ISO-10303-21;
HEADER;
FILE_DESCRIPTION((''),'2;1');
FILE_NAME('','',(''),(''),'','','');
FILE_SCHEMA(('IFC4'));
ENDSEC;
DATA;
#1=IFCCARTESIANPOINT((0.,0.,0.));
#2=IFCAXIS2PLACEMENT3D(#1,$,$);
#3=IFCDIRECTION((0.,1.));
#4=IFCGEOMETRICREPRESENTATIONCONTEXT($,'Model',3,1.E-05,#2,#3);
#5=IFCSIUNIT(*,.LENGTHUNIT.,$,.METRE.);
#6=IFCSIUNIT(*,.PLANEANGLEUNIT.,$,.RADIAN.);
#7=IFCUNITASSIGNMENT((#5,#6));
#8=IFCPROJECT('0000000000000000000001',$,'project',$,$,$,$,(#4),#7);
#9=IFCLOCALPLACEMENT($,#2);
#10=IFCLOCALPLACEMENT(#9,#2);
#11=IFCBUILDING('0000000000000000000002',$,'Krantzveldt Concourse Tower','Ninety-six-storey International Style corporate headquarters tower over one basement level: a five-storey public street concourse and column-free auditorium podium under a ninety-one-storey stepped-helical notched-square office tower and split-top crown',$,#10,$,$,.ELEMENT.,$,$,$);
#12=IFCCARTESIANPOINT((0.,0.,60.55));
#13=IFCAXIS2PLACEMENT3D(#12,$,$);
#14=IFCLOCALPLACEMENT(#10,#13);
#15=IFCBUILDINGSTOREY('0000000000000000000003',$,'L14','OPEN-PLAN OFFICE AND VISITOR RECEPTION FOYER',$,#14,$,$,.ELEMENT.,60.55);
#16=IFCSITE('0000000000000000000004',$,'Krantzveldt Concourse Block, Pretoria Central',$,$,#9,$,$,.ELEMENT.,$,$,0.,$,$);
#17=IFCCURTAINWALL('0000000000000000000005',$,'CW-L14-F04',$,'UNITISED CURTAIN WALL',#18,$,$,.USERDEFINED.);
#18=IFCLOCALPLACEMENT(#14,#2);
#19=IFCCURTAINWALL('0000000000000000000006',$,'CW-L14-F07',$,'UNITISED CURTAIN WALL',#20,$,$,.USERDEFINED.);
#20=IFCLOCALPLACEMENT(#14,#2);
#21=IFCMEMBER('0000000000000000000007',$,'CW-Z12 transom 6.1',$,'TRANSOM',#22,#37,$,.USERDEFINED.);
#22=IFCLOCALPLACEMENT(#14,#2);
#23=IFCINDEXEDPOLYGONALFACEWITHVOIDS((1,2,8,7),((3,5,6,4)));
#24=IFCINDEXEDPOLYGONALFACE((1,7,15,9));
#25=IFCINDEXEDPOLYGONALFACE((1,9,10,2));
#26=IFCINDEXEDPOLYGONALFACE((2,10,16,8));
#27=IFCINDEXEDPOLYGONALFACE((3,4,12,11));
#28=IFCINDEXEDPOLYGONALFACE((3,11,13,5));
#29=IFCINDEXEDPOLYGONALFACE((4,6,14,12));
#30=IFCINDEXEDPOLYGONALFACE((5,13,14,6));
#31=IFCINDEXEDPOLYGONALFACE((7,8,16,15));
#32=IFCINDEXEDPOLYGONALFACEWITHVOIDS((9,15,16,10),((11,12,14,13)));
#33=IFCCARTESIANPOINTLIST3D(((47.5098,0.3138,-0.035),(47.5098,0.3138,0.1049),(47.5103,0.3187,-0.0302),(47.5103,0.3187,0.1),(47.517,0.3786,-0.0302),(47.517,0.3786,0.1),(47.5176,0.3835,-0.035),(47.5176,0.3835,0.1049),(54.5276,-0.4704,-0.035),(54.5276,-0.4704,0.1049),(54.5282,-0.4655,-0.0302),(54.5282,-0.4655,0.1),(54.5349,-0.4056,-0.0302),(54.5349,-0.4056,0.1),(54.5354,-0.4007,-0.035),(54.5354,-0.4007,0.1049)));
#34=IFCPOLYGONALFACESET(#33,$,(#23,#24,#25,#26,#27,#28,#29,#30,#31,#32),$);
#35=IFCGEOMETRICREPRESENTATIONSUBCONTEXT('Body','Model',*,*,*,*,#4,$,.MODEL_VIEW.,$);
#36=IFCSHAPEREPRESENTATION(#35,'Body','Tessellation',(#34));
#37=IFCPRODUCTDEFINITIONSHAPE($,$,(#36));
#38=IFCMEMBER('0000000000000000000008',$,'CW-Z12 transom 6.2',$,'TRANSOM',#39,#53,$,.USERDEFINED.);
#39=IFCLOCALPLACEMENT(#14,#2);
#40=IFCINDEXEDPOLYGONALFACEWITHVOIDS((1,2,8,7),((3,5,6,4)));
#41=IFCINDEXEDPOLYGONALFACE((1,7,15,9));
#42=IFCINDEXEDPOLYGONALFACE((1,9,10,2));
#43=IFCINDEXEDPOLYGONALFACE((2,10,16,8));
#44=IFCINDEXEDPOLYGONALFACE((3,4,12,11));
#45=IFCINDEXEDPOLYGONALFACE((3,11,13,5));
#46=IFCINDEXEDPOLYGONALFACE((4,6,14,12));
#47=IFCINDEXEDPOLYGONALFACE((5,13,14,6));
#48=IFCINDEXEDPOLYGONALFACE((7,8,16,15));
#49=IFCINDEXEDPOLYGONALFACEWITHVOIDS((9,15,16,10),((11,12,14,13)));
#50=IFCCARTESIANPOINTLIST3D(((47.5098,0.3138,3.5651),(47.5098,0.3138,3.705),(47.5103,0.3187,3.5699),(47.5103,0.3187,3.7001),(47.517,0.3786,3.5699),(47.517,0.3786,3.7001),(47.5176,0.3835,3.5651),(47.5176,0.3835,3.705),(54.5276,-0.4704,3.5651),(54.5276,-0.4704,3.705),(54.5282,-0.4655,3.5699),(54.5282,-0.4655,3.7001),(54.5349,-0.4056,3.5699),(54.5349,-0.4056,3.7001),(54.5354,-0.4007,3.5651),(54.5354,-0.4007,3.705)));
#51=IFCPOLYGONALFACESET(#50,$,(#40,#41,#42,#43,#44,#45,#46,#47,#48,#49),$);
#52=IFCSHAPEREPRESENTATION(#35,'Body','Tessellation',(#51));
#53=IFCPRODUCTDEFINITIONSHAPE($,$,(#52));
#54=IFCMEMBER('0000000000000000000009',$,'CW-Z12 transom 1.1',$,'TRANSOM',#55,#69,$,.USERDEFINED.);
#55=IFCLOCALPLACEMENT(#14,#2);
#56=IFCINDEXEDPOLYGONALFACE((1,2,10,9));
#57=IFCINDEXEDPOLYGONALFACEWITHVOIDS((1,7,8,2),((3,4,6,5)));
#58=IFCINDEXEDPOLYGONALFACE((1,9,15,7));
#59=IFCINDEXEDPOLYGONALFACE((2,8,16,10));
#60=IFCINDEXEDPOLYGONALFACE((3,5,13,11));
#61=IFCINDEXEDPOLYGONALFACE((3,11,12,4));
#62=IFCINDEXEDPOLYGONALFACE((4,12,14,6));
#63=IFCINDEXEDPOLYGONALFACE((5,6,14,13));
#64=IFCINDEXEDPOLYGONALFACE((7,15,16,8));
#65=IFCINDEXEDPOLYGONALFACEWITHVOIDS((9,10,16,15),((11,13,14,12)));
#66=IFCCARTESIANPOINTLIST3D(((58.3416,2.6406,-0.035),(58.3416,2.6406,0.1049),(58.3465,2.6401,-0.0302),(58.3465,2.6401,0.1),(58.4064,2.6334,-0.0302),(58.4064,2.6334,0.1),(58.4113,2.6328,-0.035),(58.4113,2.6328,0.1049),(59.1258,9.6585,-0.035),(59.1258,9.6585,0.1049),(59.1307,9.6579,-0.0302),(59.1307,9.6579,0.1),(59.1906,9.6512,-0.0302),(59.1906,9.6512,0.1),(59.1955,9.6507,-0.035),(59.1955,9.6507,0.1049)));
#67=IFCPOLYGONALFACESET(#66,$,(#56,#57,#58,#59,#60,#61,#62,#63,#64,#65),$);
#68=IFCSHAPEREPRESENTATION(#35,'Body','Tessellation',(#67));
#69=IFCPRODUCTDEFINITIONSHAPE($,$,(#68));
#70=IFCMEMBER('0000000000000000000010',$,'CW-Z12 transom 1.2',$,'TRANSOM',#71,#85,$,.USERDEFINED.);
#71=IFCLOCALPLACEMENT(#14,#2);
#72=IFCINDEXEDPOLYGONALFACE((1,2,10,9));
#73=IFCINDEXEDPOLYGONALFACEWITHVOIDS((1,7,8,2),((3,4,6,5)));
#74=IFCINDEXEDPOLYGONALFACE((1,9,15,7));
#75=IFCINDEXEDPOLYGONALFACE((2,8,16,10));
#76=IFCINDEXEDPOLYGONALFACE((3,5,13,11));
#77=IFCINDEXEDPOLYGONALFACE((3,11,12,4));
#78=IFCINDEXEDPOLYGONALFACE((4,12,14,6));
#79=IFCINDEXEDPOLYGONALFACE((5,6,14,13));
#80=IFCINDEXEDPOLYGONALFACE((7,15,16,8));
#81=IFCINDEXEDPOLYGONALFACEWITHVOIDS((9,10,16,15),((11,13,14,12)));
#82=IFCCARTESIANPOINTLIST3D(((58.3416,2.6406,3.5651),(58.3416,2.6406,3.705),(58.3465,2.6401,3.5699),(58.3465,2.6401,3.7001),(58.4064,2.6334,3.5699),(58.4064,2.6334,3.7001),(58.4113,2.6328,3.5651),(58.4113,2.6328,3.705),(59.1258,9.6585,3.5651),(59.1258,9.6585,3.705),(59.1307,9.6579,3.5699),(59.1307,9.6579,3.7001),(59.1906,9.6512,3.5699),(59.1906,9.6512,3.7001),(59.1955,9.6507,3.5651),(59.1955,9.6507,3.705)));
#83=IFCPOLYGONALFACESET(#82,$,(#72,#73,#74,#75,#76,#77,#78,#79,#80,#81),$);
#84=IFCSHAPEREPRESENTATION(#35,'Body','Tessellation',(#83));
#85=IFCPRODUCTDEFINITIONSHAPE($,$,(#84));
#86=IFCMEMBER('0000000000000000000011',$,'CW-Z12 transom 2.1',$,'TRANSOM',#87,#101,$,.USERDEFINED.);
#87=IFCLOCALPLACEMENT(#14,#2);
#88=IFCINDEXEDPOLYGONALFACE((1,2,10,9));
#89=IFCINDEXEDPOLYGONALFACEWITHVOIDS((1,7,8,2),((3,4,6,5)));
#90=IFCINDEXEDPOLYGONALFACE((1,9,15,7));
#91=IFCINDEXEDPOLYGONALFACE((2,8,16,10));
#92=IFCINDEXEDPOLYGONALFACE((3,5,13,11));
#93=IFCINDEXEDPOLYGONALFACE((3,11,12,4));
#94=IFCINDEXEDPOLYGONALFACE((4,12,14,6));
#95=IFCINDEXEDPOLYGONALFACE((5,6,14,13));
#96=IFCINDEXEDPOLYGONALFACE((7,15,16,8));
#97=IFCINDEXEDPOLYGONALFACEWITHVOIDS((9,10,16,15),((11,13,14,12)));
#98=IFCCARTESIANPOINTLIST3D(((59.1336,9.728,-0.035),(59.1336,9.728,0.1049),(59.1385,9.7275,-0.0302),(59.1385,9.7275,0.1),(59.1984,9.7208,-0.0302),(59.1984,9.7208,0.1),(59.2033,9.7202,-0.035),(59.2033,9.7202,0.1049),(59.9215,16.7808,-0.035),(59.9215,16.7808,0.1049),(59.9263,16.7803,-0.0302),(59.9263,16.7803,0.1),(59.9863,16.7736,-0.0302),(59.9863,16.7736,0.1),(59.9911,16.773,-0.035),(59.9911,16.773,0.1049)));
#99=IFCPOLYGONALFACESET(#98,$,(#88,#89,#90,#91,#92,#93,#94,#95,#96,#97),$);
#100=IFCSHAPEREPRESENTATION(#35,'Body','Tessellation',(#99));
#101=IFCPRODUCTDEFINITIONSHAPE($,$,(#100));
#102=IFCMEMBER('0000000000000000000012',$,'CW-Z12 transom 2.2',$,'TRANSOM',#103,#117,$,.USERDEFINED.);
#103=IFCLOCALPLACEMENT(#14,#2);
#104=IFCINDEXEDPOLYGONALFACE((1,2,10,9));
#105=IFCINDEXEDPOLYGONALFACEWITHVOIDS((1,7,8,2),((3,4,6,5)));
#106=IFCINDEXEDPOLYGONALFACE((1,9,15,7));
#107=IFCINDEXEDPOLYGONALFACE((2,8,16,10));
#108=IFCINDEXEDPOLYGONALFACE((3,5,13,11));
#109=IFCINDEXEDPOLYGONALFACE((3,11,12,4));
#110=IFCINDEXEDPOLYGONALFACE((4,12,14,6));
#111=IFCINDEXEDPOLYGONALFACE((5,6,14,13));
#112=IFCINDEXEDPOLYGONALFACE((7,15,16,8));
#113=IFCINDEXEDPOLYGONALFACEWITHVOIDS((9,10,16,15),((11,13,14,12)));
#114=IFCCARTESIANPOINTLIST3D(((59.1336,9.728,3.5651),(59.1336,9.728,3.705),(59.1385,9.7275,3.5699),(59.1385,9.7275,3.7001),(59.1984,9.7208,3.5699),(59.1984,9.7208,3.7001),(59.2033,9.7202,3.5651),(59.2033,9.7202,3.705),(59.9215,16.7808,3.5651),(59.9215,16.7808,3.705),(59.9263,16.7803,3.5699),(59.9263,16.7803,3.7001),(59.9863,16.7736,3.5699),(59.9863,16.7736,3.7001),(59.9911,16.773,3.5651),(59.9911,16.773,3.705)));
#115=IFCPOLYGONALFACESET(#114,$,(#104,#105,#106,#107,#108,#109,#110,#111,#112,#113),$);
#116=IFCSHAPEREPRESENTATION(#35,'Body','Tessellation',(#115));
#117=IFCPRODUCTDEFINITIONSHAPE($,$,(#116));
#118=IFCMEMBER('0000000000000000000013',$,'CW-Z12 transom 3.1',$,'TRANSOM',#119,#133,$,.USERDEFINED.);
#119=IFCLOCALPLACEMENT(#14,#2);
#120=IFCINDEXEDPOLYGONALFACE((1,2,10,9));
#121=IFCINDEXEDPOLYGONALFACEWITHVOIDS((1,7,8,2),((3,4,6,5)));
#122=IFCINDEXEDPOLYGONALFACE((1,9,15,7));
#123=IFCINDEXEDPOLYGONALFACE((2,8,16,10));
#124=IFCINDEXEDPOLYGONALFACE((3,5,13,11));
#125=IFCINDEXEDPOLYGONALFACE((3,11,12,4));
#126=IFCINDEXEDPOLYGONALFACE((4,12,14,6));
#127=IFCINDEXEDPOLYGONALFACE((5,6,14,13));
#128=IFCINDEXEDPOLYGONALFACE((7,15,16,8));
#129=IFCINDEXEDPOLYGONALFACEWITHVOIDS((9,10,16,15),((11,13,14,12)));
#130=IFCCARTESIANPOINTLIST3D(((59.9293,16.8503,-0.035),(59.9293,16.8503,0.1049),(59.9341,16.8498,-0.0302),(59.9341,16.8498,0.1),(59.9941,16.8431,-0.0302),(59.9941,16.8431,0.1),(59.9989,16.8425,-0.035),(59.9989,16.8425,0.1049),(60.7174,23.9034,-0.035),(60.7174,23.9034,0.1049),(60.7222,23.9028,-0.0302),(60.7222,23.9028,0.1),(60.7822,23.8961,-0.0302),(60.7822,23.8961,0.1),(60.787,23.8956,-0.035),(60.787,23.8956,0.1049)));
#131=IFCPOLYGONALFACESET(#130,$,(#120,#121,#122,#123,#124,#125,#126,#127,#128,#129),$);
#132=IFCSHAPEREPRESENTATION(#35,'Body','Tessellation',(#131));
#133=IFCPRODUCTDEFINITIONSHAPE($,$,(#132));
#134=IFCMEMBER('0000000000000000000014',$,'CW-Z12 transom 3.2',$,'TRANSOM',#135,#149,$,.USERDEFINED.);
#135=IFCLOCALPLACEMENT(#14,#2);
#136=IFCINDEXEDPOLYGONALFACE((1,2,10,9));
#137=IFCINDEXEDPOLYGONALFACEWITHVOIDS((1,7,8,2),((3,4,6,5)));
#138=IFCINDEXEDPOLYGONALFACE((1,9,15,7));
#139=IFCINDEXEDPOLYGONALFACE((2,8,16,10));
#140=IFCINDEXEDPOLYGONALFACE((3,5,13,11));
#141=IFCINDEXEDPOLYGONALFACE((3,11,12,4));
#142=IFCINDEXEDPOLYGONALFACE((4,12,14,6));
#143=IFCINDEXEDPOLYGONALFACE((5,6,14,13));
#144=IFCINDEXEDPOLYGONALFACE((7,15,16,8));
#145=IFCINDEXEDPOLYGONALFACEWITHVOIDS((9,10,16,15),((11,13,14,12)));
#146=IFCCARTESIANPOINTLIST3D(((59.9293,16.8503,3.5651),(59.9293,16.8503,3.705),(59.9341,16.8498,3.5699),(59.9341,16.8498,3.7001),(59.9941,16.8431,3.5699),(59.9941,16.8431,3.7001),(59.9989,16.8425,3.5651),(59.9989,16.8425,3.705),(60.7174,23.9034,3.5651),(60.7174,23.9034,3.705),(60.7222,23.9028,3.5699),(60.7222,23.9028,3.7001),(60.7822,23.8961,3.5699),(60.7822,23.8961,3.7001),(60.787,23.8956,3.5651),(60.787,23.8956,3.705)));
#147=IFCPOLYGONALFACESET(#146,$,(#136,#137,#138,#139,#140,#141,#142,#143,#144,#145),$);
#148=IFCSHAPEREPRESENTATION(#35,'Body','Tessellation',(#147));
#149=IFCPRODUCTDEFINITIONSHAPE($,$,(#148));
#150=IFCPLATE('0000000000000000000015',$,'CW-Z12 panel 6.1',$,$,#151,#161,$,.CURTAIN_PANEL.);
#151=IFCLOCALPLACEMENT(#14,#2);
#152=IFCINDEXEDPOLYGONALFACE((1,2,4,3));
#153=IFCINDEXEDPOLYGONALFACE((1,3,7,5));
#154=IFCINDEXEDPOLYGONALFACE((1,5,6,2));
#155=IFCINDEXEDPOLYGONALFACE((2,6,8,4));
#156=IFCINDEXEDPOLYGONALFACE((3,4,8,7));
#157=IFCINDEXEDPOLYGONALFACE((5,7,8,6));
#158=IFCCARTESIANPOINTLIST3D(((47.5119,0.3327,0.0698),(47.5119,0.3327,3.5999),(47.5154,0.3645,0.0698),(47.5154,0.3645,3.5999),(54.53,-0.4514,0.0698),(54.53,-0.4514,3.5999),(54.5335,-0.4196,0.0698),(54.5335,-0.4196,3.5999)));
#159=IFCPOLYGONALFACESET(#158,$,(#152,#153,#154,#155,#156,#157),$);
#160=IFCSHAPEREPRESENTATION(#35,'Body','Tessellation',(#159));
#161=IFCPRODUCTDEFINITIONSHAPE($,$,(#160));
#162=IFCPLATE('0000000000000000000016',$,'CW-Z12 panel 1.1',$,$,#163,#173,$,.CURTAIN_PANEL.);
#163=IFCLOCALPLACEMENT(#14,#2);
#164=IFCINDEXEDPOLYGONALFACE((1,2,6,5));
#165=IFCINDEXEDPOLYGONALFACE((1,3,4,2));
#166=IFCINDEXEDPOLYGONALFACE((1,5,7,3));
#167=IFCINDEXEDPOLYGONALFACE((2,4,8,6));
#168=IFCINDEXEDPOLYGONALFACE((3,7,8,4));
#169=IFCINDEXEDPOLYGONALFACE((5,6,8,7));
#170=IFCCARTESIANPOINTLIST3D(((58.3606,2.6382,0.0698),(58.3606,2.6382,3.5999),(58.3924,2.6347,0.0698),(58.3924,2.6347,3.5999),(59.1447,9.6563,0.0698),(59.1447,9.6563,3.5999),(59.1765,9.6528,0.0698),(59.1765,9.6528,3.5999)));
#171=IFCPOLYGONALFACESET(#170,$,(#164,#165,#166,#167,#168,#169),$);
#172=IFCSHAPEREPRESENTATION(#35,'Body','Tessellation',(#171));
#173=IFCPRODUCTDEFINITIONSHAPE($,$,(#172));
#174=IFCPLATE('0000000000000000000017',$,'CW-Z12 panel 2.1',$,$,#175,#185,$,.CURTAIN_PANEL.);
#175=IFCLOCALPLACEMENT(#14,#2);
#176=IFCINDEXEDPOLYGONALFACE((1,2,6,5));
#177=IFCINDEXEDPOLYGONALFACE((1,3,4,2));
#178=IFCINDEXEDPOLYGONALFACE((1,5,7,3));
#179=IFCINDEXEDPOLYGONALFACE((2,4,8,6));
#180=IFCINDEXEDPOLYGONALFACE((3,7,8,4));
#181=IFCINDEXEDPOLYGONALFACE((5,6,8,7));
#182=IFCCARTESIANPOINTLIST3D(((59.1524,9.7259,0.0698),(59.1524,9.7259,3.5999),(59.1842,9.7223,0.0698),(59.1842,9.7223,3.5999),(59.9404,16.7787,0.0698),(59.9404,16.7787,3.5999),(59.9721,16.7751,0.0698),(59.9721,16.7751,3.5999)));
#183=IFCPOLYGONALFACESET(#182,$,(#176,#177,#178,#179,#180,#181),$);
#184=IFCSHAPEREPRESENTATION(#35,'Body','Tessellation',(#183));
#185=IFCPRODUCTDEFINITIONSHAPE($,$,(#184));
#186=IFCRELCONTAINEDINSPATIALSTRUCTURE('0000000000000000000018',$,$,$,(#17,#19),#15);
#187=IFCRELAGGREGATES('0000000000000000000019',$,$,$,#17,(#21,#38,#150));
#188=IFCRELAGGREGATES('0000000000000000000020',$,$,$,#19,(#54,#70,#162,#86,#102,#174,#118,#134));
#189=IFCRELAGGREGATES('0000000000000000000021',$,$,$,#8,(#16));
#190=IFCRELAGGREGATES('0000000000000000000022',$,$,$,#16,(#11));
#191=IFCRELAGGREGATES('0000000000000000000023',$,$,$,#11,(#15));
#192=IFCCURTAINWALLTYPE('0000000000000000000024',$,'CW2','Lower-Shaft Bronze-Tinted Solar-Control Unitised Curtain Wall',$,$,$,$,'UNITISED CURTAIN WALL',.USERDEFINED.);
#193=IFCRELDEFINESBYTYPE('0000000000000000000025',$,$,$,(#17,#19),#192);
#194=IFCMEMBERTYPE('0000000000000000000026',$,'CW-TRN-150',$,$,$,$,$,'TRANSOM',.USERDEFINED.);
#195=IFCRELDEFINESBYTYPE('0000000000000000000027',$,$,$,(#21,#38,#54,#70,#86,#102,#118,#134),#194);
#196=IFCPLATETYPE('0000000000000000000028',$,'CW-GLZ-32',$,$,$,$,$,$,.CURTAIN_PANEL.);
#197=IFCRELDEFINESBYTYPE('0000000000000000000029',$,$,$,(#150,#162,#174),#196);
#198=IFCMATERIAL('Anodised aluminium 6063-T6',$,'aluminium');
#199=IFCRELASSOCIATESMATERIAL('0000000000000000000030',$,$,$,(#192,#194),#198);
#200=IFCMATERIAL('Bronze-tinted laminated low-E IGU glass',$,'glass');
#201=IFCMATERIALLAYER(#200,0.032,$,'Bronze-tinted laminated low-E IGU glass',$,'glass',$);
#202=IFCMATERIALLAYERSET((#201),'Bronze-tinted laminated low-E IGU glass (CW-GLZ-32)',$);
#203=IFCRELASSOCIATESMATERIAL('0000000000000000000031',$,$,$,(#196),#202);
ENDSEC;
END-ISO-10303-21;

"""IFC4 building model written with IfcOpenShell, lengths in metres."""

from ifc_helpers import new_model, si_unit, direction, frame, origin, origin_2d, place, context, subcontext, project, spatial, rectangle, hollow_rectangle, extrude, source, transform, mapped, material, layer, layer_set, material_profile, profile_set, type_object, type_shapes, element, aggregate, save


model = new_model("IFC4")

# Units and contexts
model_context = context("Model", 3, precision=1e-05, world=origin(), true_north=direction((0.0, 1.0)))
body_context = subcontext(model_context, "Body", "Model", "MODEL_VIEW")
ifc_project = project(units=[si_unit("LENGTHUNIT", "METRE"), si_unit("PLANEANGLEUNIT", "RADIAN")], contexts=[model_context])

# Site, building, storey
site_placement = place(None, origin())
site = spatial("IfcSite", under=ifc_project, at=site_placement, Name="Krantzveldt Concourse Block, Pretoria Central", CompositionType="ELEMENT", RefElevation=0.0)
building_placement = place(site_placement, origin())
building = spatial("IfcBuilding", under=site, at=building_placement, Name="Krantzveldt Concourse Tower", Description="Ninety-six-storey International Style corporate headquarters tower over one basement level: a five-storey public street concourse and column-free auditorium podium under a ninety-one-storey stepped-helical notched-square office tower and split-top crown", CompositionType="ELEMENT")
storey_placement = place(building_placement, frame((0.0, 0.0, 60.55)))
storey = spatial("IfcBuildingStorey", under=building, at=storey_placement, Name="L14", Description="OPEN-PLAN OFFICE AND VISITOR RECEPTION FOYER", CompositionType="ELEMENT", Elevation=60.55)

# Curtain walls
ifc_material_1 = material(Name="Anodised aluminium 6063-T6", Category="aluminium")
curtain_wall_type = type_object("IfcCurtainWallType", Name="CW2", Description="Lower-Shaft Bronze-Tinted Solar-Control Unitised Curtain Wall", ElementType="UNITISED CURTAIN WALL", PredefinedType="USERDEFINED", material=ifc_material_1)
curtain_wall_1_placement = place(storey_placement, origin())
curtain_wall_1 = element("IfcCurtainWall", 1, at=curtain_wall_1_placement, inside=storey, type_object=curtain_wall_type, Name="CW-L14-F04", ObjectType="UNITISED CURTAIN WALL", PredefinedType="USERDEFINED")
curtain_wall_2_placement = place(storey_placement, origin())
curtain_wall_2 = element("IfcCurtainWall", 2, at=curtain_wall_2_placement, inside=storey, type_object=curtain_wall_type, Name="CW-L14-F07", ObjectType="UNITISED CURTAIN WALL", PredefinedType="USERDEFINED")

# Members
ifc_material_profile_1 = material_profile(ifc_material_1, hollow_rectangle(XDim=0.0701, YDim=0.1399, WallThickness=0.0049, at=origin_2d()), Name="Anodised aluminium 6063-T6", Category="aluminium")
ifc_profile_set_1 = profile_set([ifc_material_profile_1], Name="Anodised aluminium 6063-T6 - ALU-TRAN 140x70x5")
member_type_1 = type_object("IfcMemberType", Name="CW-TRN-150", ElementType="TRANSOM", PredefinedType="USERDEFINED", material=ifc_profile_set_1)
shared_shape_1 = source(origin(), body_context, "Body", "SweptSolid", [
    extrude(hollow_rectangle(XDim=0.0701, YDim=0.1399, WallThickness=0.0049, at=origin_2d()), origin(), (0.0, 0.0, 1.0), 7.0615),
])
member_1_placement = place(storey_placement, frame((47.5137, 0.3486, 0.0349), z_axis=(0.993815, -0.11105, 0.0), x_axis=(0.11105, 0.993815, 0.0)))
member_1 = element("IfcMember", 3, at=member_1_placement, type_object=member_type_1, Name="CW-Z12 transom 6.1", ObjectType="TRANSOM", PredefinedType="USERDEFINED", context=body_context, shape_type="MappedRepresentation", body=[
    mapped(shared_shape_1, transform((0.0, 0.0, 0.0), x_axis=(1.0, 0.0, 0.0), y_axis=(0.0, 1.0, 0.0), z_axis=(0.0, 0.0, 1.0), scale=1.0)),
])
member_2_placement = place(storey_placement, frame((47.5137, 0.3486, 3.635), z_axis=(0.993815, -0.11105, 0.0), x_axis=(0.11105, 0.993815, 0.0)))
member_2 = element("IfcMember", 4, at=member_2_placement, type_object=member_type_1, Name="CW-Z12 transom 6.2", ObjectType="TRANSOM", PredefinedType="USERDEFINED", context=body_context, shape_type="MappedRepresentation", body=[
    mapped(shared_shape_1, transform((0.0, 0.0, 0.0), x_axis=(1.0, 0.0, 0.0), y_axis=(0.0, 1.0, 0.0), z_axis=(0.0, 0.0, 1.0), scale=1.0)),
])
member_3_placement = place(storey_placement, frame((58.3765, 2.6367, 0.0349), z_axis=(0.11105, 0.993815, 0.0), x_axis=(-0.993815, 0.11105, 0.0)))
member_3 = element("IfcMember", 5, at=member_3_placement, type_object=member_type_1, Name="CW-Z12 transom 1.1", ObjectType="TRANSOM", PredefinedType="USERDEFINED", context=body_context, shape_type="MappedRepresentation", body=[
    mapped(shared_shape_1, transform((0.0, 0.0, 0.0), x_axis=(1.0, 0.0, 0.0), y_axis=(0.0, 1.0, 0.0), z_axis=(0.0, 0.0, 1.0), scale=1.0)),
])
member_4_placement = place(storey_placement, frame((58.3765, 2.6367, 3.635), z_axis=(0.11105, 0.993815, 0.0), x_axis=(-0.993815, 0.11105, 0.0)))
member_4 = element("IfcMember", 6, at=member_4_placement, type_object=member_type_1, Name="CW-Z12 transom 1.2", ObjectType="TRANSOM", PredefinedType="USERDEFINED", context=body_context, shape_type="MappedRepresentation", body=[
    mapped(shared_shape_1, transform((0.0, 0.0, 0.0), x_axis=(1.0, 0.0, 0.0), y_axis=(0.0, 1.0, 0.0), z_axis=(0.0, 0.0, 1.0), scale=1.0)),
])
shared_shape_2 = source(origin(), body_context, "Body", "SweptSolid", [
    extrude(hollow_rectangle(XDim=0.0701, YDim=0.1399, WallThickness=0.0049, at=origin_2d()), origin(), (0.0, 0.0, 1.0), 7.0967),
])
member_5_placement = place(storey_placement, frame((59.1685, 9.7241, 0.0349), z_axis=(0.111017, 0.993819, 0.0), x_axis=(-0.993819, 0.111017, 0.0)))
member_5 = element("IfcMember", 7, at=member_5_placement, type_object=member_type_1, Name="CW-Z12 transom 2.1", ObjectType="TRANSOM", PredefinedType="USERDEFINED", context=body_context, shape_type="MappedRepresentation", body=[
    mapped(shared_shape_2, transform((0.0, 0.0, 0.0), x_axis=(1.0, 0.0, 0.0), y_axis=(0.0, 1.0, 0.0), z_axis=(0.0, 0.0, 1.0), scale=1.0)),
])
member_6_placement = place(storey_placement, frame((59.1685, 9.7241, 3.635), z_axis=(0.111017, 0.993819, 0.0), x_axis=(-0.993819, 0.111017, 0.0)))
member_6 = element("IfcMember", 8, at=member_6_placement, type_object=member_type_1, Name="CW-Z12 transom 2.2", ObjectType="TRANSOM", PredefinedType="USERDEFINED", context=body_context, shape_type="MappedRepresentation", body=[
    mapped(shared_shape_2, transform((0.0, 0.0, 0.0), x_axis=(1.0, 0.0, 0.0), y_axis=(0.0, 1.0, 0.0), z_axis=(0.0, 0.0, 1.0), scale=1.0)),
])
shared_shape_3 = source(origin(), body_context, "Body", "SweptSolid", [
    extrude(hollow_rectangle(XDim=0.0701, YDim=0.1399, WallThickness=0.0049, at=origin_2d()), origin(), (0.0, 0.0, 1.0), 7.0969),
])
type_shapes(member_type_1, [shared_shape_1, shared_shape_2, shared_shape_3])
member_7_placement = place(storey_placement, frame((59.9641, 16.8464, 0.0349), z_axis=(0.111047, 0.993815, 0.0), x_axis=(-0.993815, 0.111047, 0.0)))
member_7 = element("IfcMember", 9, at=member_7_placement, type_object=member_type_1, Name="CW-Z12 transom 3.1", ObjectType="TRANSOM", PredefinedType="USERDEFINED", context=body_context, shape_type="MappedRepresentation", body=[
    mapped(shared_shape_3, transform((0.0, 0.0, 0.0), x_axis=(1.0, 0.0, 0.0), y_axis=(0.0, 1.0, 0.0), z_axis=(0.0, 0.0, 1.0), scale=1.0)),
])
member_8_placement = place(storey_placement, frame((59.9641, 16.8464, 3.635), z_axis=(0.111047, 0.993815, 0.0), x_axis=(-0.993815, 0.111047, 0.0)))
member_8 = element("IfcMember", 10, at=member_8_placement, type_object=member_type_1, Name="CW-Z12 transom 3.2", ObjectType="TRANSOM", PredefinedType="USERDEFINED", context=body_context, shape_type="MappedRepresentation", body=[
    mapped(shared_shape_3, transform((0.0, 0.0, 0.0), x_axis=(1.0, 0.0, 0.0), y_axis=(0.0, 1.0, 0.0), z_axis=(0.0, 0.0, 1.0), scale=1.0)),
])

# Plates
ifc_material_2 = material(Name="Bronze-tinted laminated low-E IGU glass", Category="glass")
ifc_layer_1 = layer(ifc_material_2, 0.032, Name="Bronze-tinted laminated low-E IGU glass", Category="glass")
ifc_layer_set_1 = layer_set([ifc_layer_1], Name="Bronze-tinted laminated low-E IGU glass (CW-GLZ-32)")
plate_type = type_object("IfcPlateType", Name="CW-GLZ-32", PredefinedType="CURTAIN_PANEL", material=ifc_layer_set_1)
shared_shape_4 = source(origin(), body_context, "Body", "SweptSolid", [
    extrude(rectangle(XDim=7.0618, YDim=0.032, at=origin_2d()), origin(), (0.0, 0.0, 1.0), 3.53),
])
plate_1_placement = place(storey_placement, frame((51.0227, -0.0435, 0.0698), z_axis=(0.0, 0.0, 1.0), x_axis=(0.993816, -0.111035, 0.0)))
plate_1 = element("IfcPlate", 11, at=plate_1_placement, type_object=plate_type, Name="CW-Z12 panel 6.1", PredefinedType="CURTAIN_PANEL", context=body_context, shape_type="MappedRepresentation", body=[
    mapped(shared_shape_4, transform((0.0, 0.0, 0.0), x_axis=(1.0, 0.0, 0.0), y_axis=(0.0, 1.0, 0.0), z_axis=(0.0, 0.0, 1.0), scale=1.0)),
])
aggregate(curtain_wall_1, [member_1, member_2, plate_1])
plate_2_placement = place(storey_placement, frame((58.7686, 6.1455, 0.0698), z_axis=(0.0, 0.0, 1.0), x_axis=(0.111035, 0.993816, 0.0)))
plate_2 = element("IfcPlate", 12, at=plate_2_placement, type_object=plate_type, Name="CW-Z12 panel 1.1", PredefinedType="CURTAIN_PANEL", context=body_context, shape_type="MappedRepresentation", body=[
    mapped(shared_shape_4, transform((0.0, 0.0, 0.0), x_axis=(1.0, 0.0, 0.0), y_axis=(0.0, 1.0, 0.0), z_axis=(0.0, 0.0, 1.0), scale=1.0)),
])
shared_shape_5 = source(origin(), body_context, "Body", "SweptSolid", [
    extrude(rectangle(XDim=7.0967, YDim=0.032, at=origin_2d()), origin(), (0.0, 0.0, 1.0), 3.53),
])
type_shapes(plate_type, [shared_shape_4, shared_shape_5])
plate_3_placement = place(storey_placement, frame((59.5623, 13.2505, 0.0698), z_axis=(0.0, 0.0, 1.0), x_axis=(0.111035, 0.993816, 0.0)))
plate_3 = element("IfcPlate", 13, at=plate_3_placement, type_object=plate_type, Name="CW-Z12 panel 2.1", PredefinedType="CURTAIN_PANEL", context=body_context, shape_type="MappedRepresentation", body=[
    mapped(shared_shape_5, transform((0.0, 0.0, 0.0), x_axis=(1.0, 0.0, 0.0), y_axis=(0.0, 1.0, 0.0), z_axis=(0.0, 0.0, 1.0), scale=1.0)),
])
aggregate(curtain_wall_2, [member_3, member_4, plate_2, member_5, member_6, plate_3, member_7, member_8])

save(model, "model.ifc")
